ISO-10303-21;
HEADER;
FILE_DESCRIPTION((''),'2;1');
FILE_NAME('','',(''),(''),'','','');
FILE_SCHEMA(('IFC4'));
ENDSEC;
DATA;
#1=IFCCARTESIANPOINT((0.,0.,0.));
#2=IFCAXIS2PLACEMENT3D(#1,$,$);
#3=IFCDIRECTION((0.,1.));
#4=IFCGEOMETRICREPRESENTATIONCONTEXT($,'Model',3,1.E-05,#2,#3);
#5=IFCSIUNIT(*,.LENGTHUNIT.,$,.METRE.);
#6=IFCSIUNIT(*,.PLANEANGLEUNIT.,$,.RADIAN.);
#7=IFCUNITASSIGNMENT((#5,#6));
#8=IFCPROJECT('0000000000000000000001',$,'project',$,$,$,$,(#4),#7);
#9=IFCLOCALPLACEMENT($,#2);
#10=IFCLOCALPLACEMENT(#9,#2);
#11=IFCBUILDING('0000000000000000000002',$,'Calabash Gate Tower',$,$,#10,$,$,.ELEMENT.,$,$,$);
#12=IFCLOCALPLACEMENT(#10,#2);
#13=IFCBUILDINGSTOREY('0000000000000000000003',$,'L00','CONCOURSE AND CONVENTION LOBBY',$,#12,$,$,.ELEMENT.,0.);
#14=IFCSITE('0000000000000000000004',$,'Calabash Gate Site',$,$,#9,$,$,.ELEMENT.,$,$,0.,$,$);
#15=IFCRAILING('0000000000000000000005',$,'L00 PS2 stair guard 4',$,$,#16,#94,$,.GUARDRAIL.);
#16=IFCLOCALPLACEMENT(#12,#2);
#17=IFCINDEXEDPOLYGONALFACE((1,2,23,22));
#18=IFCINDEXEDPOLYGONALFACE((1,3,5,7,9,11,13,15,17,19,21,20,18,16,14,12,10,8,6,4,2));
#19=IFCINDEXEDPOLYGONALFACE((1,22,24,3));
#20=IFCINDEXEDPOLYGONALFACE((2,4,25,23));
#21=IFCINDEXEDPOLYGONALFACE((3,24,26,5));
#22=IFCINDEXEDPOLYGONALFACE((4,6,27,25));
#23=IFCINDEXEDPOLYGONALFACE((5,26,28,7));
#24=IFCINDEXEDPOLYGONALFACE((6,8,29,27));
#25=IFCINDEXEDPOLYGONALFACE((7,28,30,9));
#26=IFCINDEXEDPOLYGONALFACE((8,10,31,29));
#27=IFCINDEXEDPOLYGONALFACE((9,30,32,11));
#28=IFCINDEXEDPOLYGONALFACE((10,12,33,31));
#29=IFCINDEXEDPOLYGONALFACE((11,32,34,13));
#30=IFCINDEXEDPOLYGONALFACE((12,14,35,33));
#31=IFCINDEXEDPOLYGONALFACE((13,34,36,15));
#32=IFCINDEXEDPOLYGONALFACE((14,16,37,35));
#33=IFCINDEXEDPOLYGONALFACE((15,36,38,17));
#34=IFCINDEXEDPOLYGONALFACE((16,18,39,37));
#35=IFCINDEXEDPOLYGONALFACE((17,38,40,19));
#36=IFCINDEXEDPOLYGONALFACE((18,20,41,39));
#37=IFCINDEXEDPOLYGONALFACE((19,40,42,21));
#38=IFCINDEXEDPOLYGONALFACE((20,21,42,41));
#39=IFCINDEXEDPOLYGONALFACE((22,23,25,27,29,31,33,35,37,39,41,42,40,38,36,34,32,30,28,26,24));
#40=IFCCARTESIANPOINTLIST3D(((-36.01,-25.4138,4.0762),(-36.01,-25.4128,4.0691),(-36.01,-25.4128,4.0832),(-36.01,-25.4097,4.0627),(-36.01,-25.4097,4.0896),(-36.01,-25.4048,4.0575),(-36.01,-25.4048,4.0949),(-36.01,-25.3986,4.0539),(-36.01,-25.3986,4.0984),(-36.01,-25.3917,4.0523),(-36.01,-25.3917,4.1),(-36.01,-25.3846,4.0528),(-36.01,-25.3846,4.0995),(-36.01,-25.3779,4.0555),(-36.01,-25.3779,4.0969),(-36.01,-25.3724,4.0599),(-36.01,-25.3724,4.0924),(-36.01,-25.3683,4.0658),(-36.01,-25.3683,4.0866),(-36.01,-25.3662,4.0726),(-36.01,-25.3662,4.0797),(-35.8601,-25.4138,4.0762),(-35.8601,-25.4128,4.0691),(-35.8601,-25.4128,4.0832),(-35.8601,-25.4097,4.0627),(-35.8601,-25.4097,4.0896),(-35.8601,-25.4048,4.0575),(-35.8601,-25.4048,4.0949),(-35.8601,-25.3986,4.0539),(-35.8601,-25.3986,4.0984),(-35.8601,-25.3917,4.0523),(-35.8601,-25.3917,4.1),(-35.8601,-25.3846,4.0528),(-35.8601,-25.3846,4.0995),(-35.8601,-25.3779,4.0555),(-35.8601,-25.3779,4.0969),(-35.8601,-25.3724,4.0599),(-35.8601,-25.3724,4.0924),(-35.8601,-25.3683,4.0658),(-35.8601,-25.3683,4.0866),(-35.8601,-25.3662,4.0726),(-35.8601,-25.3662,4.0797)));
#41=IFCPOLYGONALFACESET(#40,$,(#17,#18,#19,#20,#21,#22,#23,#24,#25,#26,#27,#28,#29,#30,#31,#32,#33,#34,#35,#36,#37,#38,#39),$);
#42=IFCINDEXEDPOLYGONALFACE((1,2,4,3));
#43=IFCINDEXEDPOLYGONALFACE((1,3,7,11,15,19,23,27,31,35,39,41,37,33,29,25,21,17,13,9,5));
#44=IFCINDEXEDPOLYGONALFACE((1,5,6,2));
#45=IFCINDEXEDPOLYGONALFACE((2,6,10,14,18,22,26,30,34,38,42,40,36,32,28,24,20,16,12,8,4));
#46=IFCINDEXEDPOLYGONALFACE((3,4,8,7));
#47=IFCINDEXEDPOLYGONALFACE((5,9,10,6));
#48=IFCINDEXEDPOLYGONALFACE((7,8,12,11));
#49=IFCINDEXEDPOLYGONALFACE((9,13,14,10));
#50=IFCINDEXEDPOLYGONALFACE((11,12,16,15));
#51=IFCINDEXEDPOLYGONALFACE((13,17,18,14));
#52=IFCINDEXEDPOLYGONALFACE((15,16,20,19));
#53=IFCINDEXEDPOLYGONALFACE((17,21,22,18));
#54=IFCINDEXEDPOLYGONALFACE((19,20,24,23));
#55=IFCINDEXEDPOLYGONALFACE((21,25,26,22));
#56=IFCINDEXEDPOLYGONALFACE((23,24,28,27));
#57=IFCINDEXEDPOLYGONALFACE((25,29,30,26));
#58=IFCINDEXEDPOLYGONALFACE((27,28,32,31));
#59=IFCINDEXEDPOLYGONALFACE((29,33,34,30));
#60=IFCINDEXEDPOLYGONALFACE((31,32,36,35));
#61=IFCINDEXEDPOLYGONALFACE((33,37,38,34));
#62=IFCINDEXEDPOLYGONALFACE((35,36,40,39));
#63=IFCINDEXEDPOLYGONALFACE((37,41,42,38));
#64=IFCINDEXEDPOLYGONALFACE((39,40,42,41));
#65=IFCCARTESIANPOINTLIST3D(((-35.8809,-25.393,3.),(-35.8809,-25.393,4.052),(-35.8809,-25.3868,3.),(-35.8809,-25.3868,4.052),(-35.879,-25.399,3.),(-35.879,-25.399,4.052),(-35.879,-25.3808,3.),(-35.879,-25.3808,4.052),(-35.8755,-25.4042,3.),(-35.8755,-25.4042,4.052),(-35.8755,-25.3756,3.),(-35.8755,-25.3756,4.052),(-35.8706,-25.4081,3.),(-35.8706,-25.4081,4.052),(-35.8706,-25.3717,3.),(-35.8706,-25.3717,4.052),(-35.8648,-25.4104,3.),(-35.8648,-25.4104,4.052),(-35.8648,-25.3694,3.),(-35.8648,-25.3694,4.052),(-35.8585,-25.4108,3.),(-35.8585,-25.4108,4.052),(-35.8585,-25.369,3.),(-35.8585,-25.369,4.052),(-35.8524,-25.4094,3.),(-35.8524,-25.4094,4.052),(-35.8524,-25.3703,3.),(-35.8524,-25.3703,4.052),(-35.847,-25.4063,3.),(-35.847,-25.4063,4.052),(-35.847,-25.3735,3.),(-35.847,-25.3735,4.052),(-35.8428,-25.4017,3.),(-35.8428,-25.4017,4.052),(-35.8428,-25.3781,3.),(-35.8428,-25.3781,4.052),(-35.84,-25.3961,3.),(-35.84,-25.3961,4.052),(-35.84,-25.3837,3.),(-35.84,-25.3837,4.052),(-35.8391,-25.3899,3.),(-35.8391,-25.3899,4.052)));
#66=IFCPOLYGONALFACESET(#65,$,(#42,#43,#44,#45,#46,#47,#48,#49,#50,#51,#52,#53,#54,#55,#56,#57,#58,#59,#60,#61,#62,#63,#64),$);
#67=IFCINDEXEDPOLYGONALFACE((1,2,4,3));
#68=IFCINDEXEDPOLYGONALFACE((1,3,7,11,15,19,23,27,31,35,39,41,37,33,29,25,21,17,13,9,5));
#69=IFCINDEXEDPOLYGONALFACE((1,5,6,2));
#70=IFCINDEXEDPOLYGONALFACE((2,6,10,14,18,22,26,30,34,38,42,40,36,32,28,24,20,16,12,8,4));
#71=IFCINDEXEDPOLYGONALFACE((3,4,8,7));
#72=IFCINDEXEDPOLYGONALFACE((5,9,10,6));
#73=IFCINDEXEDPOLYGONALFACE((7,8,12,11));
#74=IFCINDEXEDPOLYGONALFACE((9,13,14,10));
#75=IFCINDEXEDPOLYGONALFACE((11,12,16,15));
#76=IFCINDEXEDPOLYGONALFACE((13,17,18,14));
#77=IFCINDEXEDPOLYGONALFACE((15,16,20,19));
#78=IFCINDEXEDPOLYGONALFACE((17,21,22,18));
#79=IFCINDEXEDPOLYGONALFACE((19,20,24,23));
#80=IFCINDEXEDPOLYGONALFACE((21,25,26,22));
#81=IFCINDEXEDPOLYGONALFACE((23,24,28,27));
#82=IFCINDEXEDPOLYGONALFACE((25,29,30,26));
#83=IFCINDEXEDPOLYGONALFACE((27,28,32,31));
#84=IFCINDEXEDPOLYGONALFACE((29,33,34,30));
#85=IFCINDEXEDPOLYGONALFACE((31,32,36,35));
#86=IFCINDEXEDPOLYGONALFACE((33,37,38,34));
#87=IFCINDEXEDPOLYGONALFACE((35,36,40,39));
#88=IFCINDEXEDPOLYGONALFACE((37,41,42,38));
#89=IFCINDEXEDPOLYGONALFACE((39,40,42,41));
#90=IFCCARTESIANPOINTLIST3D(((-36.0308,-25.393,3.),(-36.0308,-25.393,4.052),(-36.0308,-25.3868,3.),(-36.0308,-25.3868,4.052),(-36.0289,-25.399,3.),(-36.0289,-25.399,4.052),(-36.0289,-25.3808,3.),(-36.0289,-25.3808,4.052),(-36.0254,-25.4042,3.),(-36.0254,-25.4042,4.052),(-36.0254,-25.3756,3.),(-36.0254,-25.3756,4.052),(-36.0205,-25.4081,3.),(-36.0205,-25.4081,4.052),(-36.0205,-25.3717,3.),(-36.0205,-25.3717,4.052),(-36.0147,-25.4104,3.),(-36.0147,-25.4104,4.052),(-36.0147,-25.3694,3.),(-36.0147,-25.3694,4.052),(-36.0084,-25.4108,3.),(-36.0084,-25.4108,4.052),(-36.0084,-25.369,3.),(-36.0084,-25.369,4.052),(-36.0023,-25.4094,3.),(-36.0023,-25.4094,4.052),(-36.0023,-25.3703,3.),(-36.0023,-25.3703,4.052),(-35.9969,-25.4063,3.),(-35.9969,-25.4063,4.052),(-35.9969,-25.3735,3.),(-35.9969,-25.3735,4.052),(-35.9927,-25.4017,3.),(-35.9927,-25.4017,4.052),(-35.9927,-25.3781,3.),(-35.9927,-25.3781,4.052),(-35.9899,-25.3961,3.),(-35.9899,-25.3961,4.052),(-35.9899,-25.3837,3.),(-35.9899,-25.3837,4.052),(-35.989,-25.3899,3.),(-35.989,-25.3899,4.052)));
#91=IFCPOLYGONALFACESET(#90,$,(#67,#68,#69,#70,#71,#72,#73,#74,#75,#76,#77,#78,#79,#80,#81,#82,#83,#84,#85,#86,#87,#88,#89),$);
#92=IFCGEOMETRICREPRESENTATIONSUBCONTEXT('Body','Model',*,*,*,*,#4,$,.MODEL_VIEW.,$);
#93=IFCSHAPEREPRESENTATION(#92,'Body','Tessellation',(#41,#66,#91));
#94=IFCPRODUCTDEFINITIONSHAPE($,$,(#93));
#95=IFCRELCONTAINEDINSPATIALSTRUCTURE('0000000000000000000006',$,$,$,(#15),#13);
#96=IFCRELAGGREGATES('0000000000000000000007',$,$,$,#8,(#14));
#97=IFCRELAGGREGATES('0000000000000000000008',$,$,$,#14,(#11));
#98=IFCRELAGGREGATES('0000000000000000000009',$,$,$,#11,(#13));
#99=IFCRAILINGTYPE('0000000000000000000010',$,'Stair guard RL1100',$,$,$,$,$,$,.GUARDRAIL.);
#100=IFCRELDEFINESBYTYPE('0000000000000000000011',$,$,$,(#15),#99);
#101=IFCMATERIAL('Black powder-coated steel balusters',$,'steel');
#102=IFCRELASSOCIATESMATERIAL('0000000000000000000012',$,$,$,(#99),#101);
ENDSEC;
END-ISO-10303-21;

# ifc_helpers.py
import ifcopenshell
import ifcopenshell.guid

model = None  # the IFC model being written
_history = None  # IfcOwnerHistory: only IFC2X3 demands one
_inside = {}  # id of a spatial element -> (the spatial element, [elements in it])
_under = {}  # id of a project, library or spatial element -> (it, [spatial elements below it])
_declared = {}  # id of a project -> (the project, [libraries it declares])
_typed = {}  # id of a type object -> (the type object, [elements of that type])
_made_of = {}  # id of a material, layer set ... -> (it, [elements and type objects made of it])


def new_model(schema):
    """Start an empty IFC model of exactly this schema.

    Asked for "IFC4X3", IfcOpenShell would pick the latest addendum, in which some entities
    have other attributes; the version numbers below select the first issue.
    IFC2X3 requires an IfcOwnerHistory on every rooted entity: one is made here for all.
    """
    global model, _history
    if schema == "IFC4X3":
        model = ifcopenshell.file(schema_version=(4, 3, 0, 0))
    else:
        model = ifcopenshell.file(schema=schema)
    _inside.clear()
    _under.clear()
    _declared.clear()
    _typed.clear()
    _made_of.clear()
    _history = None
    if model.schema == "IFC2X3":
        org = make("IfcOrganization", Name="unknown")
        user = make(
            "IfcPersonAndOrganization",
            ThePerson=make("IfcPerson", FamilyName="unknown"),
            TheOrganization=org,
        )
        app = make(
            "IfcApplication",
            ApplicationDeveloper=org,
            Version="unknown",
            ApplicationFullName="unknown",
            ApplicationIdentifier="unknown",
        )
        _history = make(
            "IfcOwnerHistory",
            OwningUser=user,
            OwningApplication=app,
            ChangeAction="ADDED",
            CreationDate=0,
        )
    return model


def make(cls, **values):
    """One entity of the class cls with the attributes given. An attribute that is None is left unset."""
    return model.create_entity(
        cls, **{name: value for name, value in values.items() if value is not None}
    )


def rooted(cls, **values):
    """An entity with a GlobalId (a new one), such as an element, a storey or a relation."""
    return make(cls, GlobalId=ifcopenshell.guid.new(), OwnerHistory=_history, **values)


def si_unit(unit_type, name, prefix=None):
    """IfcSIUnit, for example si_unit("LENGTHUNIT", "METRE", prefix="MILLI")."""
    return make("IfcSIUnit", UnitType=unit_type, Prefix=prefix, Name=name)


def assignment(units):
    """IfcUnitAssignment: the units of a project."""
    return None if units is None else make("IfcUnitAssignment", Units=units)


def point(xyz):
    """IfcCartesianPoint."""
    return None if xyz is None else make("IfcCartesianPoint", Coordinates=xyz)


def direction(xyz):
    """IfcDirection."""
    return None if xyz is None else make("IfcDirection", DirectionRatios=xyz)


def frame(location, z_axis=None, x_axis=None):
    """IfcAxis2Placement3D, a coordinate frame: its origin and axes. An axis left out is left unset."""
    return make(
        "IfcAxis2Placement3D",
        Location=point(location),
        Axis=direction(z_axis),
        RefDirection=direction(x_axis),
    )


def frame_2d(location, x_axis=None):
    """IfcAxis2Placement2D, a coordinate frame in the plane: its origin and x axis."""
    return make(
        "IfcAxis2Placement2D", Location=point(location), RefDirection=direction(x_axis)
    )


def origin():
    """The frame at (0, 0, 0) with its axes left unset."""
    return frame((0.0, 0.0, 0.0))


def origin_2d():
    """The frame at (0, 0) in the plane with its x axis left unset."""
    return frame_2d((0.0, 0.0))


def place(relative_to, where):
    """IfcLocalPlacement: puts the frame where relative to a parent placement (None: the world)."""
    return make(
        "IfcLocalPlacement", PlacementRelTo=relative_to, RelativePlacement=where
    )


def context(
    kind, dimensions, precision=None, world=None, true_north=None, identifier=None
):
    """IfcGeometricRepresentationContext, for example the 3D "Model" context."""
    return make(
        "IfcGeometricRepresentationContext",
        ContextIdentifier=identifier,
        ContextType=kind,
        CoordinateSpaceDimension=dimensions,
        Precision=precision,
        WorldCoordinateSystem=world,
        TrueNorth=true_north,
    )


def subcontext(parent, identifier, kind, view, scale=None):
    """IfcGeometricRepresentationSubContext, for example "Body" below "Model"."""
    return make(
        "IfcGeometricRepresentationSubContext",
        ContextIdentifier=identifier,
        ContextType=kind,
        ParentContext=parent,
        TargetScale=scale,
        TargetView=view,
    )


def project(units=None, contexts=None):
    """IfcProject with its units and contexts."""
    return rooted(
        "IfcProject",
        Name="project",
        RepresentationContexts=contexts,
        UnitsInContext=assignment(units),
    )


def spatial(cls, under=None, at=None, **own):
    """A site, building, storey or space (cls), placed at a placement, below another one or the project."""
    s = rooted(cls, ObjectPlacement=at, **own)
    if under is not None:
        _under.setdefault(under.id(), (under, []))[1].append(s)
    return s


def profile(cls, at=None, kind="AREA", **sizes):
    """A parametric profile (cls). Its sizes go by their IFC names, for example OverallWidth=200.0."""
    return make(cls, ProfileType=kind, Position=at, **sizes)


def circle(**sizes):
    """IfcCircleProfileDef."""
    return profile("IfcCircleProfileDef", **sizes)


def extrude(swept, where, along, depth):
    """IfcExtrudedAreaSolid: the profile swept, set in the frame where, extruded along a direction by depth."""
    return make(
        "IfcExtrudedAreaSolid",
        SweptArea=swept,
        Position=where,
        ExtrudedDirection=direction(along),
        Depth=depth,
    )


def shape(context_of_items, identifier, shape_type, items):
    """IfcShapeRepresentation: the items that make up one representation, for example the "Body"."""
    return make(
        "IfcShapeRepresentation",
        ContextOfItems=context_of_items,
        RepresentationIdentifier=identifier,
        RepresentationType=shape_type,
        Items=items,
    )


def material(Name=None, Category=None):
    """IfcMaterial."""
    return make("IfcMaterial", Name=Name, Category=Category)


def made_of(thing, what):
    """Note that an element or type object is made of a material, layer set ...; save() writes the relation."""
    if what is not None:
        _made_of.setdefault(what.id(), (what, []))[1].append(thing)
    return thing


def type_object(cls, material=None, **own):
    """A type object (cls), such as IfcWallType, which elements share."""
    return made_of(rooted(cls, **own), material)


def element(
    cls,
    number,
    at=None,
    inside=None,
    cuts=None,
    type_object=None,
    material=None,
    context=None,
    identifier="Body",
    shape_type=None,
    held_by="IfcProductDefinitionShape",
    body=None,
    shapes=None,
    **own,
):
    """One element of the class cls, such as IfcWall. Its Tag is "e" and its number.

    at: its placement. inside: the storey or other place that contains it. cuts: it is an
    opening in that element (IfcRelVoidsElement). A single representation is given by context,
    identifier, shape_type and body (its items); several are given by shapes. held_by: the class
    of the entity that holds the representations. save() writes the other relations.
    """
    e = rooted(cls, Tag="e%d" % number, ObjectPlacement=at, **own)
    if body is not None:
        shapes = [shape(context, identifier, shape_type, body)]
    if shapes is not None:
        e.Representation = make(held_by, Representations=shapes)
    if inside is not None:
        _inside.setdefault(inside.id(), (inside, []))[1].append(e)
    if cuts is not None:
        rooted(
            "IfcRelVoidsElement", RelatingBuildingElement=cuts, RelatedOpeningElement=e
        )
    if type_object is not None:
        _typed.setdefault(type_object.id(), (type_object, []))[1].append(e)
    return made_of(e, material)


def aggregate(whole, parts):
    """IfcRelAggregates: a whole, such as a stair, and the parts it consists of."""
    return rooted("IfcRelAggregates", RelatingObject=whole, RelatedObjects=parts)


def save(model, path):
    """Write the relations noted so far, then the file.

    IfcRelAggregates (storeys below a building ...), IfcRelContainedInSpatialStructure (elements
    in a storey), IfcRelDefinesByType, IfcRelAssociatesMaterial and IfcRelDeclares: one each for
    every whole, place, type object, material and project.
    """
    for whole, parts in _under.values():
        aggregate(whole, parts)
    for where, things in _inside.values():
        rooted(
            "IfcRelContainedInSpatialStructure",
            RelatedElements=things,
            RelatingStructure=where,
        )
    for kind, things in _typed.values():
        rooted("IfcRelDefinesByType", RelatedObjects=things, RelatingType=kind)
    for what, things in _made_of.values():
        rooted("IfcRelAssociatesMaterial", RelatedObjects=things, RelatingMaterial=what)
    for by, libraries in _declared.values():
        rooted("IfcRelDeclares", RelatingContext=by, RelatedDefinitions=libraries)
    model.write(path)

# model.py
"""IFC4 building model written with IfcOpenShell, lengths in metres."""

from ifc_helpers import new_model, si_unit, direction, frame, origin, origin_2d, place, context, subcontext, project, spatial, circle, extrude, material, type_object, element, save


model = new_model("IFC4")

# Units and contexts
model_context = context("Model", 3, precision=1e-05, world=origin(), true_north=direction((0.0, 1.0)))
body_context = subcontext(model_context, "Body", "Model", "MODEL_VIEW")
ifc_project = project(units=[si_unit("LENGTHUNIT", "METRE"), si_unit("PLANEANGLEUNIT", "RADIAN")], contexts=[model_context])

# Site, building, storey
site_placement = place(None, origin())
site = spatial("IfcSite", under=ifc_project, at=site_placement, Name="Calabash Gate Site", CompositionType="ELEMENT", RefElevation=0.0)
building_placement = place(site_placement, origin())
building = spatial("IfcBuilding", under=site, at=building_placement, Name="Calabash Gate Tower", CompositionType="ELEMENT")
storey_placement = place(building_placement, origin())
storey = spatial("IfcBuildingStorey", under=building, at=storey_placement, Name="L00", Description="CONCOURSE AND CONVENTION LOBBY", CompositionType="ELEMENT", Elevation=0.0)

# Railing
ifc_material_1 = material(Name="Black powder-coated steel balusters", Category="steel")
railing_type_1 = type_object("IfcRailingType", Name="Stair guard RL1100", PredefinedType="GUARDRAIL", material=ifc_material_1)
railing_1_placement = place(storey_placement, frame((-35.8601, -25.3899, 3.0)))
element("IfcRailing", 1, at=railing_1_placement, inside=storey, type_object=railing_type_1, Name="L00 PS2 stair guard 4", PredefinedType="GUARDRAIL", context=body_context, shape_type="SweptSolid", body=[
    extrude(circle(Radius=0.0239, at=origin_2d()), frame((0.0, 0.0, 1.0762), z_axis=(-1.0, 0.0, 0.0), x_axis=(0.0, -1.0, 0.0)), (0.0, 0.0, 1.0), 0.1499),
    extrude(circle(Radius=0.021, at=origin_2d()), origin(), (0.0, 0.0, 1.0), 1.052),
    extrude(circle(Radius=0.021, at=origin_2d()), frame((-0.1499, 0.0, 0.0)), (0.0, 0.0, 1.0), 1.052),
])

save(model, "model.ifc")
